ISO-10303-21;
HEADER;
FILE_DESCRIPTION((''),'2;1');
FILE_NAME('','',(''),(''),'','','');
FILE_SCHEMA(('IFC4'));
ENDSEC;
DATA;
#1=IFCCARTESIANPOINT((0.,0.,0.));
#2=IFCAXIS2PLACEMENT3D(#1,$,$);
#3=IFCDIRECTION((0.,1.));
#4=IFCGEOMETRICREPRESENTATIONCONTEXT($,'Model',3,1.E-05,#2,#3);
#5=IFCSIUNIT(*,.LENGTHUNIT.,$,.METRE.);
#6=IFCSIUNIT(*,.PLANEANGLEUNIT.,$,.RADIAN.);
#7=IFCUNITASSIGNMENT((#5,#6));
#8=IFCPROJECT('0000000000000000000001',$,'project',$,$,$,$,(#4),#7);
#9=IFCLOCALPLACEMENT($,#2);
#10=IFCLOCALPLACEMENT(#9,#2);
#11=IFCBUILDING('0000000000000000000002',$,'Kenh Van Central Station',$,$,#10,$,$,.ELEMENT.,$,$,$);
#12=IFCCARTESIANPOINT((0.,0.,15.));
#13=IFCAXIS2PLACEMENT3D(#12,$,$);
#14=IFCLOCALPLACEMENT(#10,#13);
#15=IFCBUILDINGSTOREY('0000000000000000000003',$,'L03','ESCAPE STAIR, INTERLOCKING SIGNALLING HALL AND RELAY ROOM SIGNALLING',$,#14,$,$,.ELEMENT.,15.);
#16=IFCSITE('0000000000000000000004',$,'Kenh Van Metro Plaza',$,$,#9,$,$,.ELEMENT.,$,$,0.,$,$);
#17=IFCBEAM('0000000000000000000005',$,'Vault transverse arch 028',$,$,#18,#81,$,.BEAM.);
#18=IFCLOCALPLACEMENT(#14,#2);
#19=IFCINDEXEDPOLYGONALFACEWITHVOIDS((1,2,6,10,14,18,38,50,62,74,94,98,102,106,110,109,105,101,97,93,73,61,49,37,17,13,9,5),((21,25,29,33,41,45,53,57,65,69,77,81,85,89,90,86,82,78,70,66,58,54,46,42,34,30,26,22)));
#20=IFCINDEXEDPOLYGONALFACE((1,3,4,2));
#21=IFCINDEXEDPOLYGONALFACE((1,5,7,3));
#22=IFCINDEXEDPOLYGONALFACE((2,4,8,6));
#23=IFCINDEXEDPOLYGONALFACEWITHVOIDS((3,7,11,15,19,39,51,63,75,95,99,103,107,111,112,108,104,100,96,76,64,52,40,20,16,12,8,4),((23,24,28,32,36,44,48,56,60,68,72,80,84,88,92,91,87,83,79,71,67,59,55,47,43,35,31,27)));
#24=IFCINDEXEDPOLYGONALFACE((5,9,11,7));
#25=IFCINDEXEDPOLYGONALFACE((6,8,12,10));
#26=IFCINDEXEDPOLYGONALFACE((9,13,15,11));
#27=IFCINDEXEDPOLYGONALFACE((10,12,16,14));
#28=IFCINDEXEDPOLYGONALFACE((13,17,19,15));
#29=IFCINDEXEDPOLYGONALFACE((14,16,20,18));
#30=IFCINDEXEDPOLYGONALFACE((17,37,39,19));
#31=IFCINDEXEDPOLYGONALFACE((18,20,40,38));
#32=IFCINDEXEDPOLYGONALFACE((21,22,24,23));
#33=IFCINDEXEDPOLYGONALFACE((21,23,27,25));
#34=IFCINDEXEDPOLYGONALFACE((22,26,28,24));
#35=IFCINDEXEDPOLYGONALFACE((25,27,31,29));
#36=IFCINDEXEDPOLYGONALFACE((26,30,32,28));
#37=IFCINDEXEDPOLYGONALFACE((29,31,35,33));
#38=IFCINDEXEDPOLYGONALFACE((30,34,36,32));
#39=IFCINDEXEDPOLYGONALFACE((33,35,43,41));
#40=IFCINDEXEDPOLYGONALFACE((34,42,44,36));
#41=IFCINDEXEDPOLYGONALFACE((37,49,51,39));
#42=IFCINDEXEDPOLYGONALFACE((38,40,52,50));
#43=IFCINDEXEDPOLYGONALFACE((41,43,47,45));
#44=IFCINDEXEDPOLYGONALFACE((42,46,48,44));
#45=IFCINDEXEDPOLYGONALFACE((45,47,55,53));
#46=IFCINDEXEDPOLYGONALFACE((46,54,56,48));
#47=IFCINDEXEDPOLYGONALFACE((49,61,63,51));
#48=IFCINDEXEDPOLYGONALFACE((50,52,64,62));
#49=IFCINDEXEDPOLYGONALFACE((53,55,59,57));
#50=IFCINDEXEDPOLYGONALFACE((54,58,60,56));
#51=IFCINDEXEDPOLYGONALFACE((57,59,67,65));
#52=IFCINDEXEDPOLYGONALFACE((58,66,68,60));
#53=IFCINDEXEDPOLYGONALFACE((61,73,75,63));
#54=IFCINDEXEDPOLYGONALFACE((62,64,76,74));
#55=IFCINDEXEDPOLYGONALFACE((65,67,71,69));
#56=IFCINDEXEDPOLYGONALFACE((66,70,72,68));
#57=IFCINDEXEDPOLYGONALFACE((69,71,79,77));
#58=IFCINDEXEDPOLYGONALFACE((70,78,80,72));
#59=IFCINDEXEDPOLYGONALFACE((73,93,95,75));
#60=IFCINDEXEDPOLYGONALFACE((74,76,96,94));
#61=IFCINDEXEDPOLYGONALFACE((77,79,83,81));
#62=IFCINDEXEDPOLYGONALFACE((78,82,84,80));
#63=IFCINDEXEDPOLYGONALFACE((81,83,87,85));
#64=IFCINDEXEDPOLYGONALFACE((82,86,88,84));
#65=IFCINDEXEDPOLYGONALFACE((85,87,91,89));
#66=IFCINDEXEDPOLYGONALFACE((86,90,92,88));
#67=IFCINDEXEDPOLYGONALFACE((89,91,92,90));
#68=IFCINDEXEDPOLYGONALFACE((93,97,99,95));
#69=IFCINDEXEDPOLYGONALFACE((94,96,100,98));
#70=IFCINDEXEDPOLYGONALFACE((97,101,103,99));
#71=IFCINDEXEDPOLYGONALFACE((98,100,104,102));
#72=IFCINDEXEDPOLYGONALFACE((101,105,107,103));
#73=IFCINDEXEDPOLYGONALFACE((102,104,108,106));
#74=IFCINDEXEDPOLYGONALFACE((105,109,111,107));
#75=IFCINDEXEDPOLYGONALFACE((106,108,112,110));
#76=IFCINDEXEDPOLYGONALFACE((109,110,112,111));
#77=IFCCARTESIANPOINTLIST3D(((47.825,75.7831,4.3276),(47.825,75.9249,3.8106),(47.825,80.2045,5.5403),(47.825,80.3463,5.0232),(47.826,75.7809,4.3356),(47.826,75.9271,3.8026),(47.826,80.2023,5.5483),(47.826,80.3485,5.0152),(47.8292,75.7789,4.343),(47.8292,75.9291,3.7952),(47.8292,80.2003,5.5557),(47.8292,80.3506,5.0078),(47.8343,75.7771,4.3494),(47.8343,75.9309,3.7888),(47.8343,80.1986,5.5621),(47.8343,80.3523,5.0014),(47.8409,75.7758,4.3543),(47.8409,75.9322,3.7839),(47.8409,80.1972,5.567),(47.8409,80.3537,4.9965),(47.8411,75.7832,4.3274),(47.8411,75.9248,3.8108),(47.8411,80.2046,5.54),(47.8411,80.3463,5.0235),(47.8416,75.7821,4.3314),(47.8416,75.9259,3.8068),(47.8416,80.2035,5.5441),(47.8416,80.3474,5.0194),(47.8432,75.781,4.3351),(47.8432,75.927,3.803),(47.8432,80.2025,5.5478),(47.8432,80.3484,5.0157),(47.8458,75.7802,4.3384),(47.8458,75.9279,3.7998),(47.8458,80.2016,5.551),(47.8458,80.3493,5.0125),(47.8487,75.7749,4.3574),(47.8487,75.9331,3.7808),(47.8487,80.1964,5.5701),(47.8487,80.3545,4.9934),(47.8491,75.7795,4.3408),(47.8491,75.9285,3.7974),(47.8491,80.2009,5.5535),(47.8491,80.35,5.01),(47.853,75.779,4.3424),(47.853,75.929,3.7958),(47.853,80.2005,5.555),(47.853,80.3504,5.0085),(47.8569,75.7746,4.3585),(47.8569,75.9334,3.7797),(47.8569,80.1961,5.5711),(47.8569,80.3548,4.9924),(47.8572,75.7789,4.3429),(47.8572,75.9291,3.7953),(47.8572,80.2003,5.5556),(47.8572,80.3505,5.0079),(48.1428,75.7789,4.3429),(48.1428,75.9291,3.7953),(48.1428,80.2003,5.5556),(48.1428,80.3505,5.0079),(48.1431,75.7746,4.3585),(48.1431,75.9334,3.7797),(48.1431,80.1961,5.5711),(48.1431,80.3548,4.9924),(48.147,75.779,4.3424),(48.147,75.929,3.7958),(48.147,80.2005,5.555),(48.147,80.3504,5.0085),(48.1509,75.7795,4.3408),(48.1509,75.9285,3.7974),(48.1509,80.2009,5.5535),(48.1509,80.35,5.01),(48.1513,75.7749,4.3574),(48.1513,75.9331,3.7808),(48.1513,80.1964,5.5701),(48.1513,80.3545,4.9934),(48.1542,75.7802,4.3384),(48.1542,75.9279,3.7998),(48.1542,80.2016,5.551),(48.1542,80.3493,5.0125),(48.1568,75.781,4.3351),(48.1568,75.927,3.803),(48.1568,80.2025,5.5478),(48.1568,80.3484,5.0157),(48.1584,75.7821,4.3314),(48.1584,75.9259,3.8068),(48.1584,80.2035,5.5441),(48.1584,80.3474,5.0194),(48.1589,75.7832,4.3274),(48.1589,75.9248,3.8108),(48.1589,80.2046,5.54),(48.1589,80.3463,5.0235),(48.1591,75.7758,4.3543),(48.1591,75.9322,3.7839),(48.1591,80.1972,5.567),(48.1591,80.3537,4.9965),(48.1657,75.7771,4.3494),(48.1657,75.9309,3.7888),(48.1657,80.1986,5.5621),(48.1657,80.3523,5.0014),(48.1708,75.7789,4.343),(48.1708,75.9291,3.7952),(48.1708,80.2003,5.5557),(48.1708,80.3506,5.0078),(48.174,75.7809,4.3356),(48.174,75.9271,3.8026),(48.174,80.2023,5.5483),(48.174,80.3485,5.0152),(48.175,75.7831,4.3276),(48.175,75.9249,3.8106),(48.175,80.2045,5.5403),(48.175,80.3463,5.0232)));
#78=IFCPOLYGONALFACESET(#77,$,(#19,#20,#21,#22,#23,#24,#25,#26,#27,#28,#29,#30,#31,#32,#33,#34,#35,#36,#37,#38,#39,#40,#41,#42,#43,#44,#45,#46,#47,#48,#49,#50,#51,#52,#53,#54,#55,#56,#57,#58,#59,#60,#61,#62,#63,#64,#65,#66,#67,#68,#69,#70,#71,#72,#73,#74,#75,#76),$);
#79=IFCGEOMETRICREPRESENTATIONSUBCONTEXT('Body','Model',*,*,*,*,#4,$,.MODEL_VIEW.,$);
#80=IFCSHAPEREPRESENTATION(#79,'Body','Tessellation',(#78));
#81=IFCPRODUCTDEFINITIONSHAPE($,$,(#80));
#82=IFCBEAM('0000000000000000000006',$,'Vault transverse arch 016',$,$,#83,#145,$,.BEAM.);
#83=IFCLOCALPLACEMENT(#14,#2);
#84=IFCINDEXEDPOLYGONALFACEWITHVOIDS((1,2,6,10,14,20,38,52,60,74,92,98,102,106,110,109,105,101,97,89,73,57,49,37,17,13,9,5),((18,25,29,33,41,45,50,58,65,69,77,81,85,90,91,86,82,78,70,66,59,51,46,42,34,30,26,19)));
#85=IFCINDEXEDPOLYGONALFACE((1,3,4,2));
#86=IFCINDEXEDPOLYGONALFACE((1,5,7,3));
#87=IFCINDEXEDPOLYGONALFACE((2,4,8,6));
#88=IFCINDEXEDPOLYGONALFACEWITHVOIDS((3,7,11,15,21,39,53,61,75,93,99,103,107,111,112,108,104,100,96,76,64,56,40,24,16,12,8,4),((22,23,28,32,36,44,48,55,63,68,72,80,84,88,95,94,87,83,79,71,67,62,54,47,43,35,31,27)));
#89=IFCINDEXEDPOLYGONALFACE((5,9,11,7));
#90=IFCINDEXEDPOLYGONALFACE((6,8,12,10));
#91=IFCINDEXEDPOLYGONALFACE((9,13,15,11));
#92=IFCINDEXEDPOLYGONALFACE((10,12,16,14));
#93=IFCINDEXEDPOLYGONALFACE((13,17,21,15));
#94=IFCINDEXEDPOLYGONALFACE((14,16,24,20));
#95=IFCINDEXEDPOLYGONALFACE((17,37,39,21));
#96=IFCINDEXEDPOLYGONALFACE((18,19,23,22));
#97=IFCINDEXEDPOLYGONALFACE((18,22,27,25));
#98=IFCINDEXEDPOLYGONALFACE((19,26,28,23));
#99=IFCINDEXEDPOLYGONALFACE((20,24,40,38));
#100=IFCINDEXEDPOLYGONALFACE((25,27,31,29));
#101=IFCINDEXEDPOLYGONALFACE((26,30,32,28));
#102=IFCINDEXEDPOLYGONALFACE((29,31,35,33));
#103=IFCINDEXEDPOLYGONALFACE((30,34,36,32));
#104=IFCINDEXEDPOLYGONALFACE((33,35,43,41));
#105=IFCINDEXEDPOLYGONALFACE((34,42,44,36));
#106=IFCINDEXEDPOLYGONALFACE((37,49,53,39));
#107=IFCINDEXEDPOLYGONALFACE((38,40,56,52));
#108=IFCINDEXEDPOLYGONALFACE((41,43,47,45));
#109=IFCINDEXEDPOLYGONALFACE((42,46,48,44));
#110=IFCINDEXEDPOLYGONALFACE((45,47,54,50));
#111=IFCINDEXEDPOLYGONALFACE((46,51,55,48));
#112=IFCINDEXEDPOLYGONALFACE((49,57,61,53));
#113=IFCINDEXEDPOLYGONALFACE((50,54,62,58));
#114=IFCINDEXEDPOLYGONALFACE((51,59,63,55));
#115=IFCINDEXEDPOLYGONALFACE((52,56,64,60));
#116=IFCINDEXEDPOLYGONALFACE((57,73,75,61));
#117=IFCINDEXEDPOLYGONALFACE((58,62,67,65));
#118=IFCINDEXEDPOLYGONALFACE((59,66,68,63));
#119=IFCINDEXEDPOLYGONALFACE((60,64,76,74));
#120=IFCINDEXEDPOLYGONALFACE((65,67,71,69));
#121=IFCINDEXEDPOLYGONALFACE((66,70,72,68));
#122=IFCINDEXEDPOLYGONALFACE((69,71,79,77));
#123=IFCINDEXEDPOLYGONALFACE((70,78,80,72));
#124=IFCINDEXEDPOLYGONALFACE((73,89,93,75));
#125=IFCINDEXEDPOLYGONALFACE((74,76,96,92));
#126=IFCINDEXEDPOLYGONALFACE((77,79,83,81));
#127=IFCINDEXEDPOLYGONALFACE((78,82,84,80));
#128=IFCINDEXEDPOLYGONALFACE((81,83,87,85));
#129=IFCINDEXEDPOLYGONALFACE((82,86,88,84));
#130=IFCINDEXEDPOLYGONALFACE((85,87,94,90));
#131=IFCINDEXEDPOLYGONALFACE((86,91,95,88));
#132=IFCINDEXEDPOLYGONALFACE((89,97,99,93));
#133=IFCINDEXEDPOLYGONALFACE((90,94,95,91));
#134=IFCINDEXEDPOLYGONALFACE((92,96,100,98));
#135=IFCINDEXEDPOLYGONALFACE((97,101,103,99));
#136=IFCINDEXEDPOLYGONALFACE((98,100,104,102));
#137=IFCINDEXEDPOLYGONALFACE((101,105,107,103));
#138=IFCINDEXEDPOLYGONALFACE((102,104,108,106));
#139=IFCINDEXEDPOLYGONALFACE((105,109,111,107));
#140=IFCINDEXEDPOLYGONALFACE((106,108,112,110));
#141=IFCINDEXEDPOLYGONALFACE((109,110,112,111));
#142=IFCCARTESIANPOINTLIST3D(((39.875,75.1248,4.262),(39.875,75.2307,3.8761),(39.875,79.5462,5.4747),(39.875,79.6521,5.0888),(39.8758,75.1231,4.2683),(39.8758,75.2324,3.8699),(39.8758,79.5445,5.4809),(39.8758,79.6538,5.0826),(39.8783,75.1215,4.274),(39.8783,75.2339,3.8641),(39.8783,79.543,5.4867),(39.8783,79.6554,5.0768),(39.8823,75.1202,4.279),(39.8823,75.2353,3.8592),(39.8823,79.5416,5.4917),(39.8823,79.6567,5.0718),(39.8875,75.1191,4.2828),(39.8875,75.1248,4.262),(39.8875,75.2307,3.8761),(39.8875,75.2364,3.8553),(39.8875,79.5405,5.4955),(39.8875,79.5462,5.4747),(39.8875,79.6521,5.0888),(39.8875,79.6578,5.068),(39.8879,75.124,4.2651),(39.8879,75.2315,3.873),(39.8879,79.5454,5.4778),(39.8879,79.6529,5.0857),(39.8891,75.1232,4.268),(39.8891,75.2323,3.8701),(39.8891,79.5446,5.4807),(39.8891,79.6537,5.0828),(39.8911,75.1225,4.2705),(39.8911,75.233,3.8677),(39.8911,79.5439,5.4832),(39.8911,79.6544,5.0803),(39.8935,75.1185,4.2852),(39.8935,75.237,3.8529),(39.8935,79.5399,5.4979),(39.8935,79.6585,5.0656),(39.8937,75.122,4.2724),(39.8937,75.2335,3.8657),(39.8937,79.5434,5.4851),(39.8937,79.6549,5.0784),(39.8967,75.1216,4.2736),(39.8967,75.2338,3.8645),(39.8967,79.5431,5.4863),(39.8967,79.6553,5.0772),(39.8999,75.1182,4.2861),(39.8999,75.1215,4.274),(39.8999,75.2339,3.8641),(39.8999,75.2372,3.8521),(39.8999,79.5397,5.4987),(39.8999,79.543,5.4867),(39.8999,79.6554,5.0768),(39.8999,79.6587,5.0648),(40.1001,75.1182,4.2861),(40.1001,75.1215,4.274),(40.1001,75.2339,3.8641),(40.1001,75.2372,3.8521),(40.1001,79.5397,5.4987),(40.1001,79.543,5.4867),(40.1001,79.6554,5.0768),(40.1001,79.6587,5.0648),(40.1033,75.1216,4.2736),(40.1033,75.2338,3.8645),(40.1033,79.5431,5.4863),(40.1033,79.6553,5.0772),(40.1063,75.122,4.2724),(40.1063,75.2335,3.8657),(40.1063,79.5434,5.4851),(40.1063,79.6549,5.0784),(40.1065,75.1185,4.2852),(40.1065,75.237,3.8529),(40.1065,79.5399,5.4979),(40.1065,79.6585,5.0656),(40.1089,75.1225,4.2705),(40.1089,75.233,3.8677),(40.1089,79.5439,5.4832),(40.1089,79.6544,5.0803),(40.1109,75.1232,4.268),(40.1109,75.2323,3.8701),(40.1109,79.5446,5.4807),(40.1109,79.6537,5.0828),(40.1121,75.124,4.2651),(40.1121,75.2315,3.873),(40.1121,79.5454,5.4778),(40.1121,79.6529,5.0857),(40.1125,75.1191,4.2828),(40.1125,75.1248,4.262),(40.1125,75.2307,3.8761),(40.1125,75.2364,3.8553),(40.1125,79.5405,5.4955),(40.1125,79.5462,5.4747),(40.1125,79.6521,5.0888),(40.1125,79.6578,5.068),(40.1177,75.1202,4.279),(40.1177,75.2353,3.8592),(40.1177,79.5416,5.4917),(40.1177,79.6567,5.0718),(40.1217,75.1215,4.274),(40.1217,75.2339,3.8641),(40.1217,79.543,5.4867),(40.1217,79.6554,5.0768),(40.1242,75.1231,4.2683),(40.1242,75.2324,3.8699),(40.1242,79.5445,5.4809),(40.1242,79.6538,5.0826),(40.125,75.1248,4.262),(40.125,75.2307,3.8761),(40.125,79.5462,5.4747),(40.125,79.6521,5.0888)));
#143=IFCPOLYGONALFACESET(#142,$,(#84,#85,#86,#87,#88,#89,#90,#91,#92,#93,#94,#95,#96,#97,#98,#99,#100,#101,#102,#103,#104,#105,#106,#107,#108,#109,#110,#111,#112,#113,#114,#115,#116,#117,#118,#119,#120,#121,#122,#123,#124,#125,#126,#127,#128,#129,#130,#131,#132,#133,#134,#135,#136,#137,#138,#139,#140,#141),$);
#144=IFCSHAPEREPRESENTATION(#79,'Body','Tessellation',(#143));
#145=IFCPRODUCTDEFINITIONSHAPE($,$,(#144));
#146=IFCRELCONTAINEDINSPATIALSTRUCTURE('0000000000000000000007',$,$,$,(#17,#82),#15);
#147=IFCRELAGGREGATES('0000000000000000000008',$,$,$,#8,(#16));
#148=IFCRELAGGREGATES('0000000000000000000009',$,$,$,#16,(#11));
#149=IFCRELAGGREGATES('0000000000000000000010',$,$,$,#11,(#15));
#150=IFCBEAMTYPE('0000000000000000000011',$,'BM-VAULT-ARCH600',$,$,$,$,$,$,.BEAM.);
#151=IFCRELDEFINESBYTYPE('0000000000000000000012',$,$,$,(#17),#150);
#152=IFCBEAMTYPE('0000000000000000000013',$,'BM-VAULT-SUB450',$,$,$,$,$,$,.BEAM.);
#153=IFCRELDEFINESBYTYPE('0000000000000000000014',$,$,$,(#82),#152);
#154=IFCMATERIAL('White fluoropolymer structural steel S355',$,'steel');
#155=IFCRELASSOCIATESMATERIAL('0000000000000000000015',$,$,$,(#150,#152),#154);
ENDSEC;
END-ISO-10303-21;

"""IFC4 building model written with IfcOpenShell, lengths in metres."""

from ifc_helpers import new_model, si_unit, direction, frame, origin, origin_2d, place, context, subcontext, project, spatial, hollow_rectangle, extrude, material, material_profile, profile_set, type_object, element, save


model = new_model("IFC4")

# Units and contexts
model_context = context("Model", 3, precision=1e-05, world=origin(), true_north=direction((0.0, 1.0)))
body_context = subcontext(model_context, "Body", "Model", "MODEL_VIEW")
ifc_project = project(units=[si_unit("LENGTHUNIT", "METRE"), si_unit("PLANEANGLEUNIT", "RADIAN")], contexts=[model_context])

# Site, building, storey
site_placement = place(None, origin())
site = spatial("IfcSite", under=ifc_project, at=site_placement, Name="Kenh Van Metro Plaza", CompositionType="ELEMENT", RefElevation=0.0)
building_placement = place(site_placement, origin())
building = spatial("IfcBuilding", under=site, at=building_placement, Name="Kenh Van Central Station", CompositionType="ELEMENT")
storey_placement = place(building_placement, frame((0.0, 0.0, 15.0)))
storey = spatial("IfcBuildingStorey", under=building, at=storey_placement, Name="L03", Description="ESCAPE STAIR, INTERLOCKING SIGNALLING HALL AND RELAY ROOM SIGNALLING", CompositionType="ELEMENT", Elevation=15.0)

# Beams
ifc_material_1 = material(Name="White fluoropolymer structural steel S355", Category="steel")
ifc_material_profile_1 = material_profile(ifc_material_1, hollow_rectangle(XDim=0.3501, YDim=0.6001, WallThickness=0.0161, InnerFilletRadius=0.0161, OuterFilletRadius=0.032, at=origin_2d()), Name="RHS 600x350x16")
ifc_profile_set_1 = profile_set([ifc_material_profile_1], Name="White fluoropolymer structural steel S355")
beam_type_1 = type_object("IfcBeamType", Name="BM-VAULT-ARCH600", PredefinedType="BEAM", material=ifc_profile_set_1)
beam_1_placement = place(storey_placement, frame((48.0, 75.854, 4.0691), z_axis=(0.0, 0.964386, 0.2645), x_axis=(-1.0, 0.0, 0.0)))
element("IfcBeam", 1, at=beam_1_placement, inside=storey, type_object=beam_type_1, Name="Vault transverse arch 028", PredefinedType="BEAM", context=body_context, shape_type="SweptSolid", body=[
    extrude(hollow_rectangle(XDim=0.3501, YDim=0.6001, WallThickness=0.0161, InnerFilletRadius=0.0161, OuterFilletRadius=0.032, at=origin_2d()), origin(), (0.0, 0.0, 1.0), 4.5847),
])
ifc_material_profile_2 = material_profile(ifc_material_1, hollow_rectangle(XDim=0.25, YDim=0.45, WallThickness=0.0125, InnerFilletRadius=0.0125, OuterFilletRadius=0.0249, at=origin_2d()), Name="RHS 450x250x12.5")
ifc_profile_set_2 = profile_set([ifc_material_profile_2], Name="White fluoropolymer structural steel S355")
beam_type_2 = type_object("IfcBeamType", Name="BM-VAULT-SUB450", PredefinedType="BEAM", material=ifc_profile_set_2)
beam_2_placement = place(storey_placement, frame((40.0, 75.1777, 4.0691), z_axis=(0.0, 0.964386, 0.2645), x_axis=(-1.0, 0.0, 0.0)))
element("IfcBeam", 2, at=beam_2_placement, inside=storey, type_object=beam_type_2, Name="Vault transverse arch 016", PredefinedType="BEAM", context=body_context, shape_type="SweptSolid", body=[
    extrude(hollow_rectangle(XDim=0.25, YDim=0.45, WallThickness=0.0125, InnerFilletRadius=0.0125, OuterFilletRadius=0.0249, at=origin_2d()), origin(), (0.0, 0.0, 1.0), 4.5847),
])

save(model, "model.ifc")
